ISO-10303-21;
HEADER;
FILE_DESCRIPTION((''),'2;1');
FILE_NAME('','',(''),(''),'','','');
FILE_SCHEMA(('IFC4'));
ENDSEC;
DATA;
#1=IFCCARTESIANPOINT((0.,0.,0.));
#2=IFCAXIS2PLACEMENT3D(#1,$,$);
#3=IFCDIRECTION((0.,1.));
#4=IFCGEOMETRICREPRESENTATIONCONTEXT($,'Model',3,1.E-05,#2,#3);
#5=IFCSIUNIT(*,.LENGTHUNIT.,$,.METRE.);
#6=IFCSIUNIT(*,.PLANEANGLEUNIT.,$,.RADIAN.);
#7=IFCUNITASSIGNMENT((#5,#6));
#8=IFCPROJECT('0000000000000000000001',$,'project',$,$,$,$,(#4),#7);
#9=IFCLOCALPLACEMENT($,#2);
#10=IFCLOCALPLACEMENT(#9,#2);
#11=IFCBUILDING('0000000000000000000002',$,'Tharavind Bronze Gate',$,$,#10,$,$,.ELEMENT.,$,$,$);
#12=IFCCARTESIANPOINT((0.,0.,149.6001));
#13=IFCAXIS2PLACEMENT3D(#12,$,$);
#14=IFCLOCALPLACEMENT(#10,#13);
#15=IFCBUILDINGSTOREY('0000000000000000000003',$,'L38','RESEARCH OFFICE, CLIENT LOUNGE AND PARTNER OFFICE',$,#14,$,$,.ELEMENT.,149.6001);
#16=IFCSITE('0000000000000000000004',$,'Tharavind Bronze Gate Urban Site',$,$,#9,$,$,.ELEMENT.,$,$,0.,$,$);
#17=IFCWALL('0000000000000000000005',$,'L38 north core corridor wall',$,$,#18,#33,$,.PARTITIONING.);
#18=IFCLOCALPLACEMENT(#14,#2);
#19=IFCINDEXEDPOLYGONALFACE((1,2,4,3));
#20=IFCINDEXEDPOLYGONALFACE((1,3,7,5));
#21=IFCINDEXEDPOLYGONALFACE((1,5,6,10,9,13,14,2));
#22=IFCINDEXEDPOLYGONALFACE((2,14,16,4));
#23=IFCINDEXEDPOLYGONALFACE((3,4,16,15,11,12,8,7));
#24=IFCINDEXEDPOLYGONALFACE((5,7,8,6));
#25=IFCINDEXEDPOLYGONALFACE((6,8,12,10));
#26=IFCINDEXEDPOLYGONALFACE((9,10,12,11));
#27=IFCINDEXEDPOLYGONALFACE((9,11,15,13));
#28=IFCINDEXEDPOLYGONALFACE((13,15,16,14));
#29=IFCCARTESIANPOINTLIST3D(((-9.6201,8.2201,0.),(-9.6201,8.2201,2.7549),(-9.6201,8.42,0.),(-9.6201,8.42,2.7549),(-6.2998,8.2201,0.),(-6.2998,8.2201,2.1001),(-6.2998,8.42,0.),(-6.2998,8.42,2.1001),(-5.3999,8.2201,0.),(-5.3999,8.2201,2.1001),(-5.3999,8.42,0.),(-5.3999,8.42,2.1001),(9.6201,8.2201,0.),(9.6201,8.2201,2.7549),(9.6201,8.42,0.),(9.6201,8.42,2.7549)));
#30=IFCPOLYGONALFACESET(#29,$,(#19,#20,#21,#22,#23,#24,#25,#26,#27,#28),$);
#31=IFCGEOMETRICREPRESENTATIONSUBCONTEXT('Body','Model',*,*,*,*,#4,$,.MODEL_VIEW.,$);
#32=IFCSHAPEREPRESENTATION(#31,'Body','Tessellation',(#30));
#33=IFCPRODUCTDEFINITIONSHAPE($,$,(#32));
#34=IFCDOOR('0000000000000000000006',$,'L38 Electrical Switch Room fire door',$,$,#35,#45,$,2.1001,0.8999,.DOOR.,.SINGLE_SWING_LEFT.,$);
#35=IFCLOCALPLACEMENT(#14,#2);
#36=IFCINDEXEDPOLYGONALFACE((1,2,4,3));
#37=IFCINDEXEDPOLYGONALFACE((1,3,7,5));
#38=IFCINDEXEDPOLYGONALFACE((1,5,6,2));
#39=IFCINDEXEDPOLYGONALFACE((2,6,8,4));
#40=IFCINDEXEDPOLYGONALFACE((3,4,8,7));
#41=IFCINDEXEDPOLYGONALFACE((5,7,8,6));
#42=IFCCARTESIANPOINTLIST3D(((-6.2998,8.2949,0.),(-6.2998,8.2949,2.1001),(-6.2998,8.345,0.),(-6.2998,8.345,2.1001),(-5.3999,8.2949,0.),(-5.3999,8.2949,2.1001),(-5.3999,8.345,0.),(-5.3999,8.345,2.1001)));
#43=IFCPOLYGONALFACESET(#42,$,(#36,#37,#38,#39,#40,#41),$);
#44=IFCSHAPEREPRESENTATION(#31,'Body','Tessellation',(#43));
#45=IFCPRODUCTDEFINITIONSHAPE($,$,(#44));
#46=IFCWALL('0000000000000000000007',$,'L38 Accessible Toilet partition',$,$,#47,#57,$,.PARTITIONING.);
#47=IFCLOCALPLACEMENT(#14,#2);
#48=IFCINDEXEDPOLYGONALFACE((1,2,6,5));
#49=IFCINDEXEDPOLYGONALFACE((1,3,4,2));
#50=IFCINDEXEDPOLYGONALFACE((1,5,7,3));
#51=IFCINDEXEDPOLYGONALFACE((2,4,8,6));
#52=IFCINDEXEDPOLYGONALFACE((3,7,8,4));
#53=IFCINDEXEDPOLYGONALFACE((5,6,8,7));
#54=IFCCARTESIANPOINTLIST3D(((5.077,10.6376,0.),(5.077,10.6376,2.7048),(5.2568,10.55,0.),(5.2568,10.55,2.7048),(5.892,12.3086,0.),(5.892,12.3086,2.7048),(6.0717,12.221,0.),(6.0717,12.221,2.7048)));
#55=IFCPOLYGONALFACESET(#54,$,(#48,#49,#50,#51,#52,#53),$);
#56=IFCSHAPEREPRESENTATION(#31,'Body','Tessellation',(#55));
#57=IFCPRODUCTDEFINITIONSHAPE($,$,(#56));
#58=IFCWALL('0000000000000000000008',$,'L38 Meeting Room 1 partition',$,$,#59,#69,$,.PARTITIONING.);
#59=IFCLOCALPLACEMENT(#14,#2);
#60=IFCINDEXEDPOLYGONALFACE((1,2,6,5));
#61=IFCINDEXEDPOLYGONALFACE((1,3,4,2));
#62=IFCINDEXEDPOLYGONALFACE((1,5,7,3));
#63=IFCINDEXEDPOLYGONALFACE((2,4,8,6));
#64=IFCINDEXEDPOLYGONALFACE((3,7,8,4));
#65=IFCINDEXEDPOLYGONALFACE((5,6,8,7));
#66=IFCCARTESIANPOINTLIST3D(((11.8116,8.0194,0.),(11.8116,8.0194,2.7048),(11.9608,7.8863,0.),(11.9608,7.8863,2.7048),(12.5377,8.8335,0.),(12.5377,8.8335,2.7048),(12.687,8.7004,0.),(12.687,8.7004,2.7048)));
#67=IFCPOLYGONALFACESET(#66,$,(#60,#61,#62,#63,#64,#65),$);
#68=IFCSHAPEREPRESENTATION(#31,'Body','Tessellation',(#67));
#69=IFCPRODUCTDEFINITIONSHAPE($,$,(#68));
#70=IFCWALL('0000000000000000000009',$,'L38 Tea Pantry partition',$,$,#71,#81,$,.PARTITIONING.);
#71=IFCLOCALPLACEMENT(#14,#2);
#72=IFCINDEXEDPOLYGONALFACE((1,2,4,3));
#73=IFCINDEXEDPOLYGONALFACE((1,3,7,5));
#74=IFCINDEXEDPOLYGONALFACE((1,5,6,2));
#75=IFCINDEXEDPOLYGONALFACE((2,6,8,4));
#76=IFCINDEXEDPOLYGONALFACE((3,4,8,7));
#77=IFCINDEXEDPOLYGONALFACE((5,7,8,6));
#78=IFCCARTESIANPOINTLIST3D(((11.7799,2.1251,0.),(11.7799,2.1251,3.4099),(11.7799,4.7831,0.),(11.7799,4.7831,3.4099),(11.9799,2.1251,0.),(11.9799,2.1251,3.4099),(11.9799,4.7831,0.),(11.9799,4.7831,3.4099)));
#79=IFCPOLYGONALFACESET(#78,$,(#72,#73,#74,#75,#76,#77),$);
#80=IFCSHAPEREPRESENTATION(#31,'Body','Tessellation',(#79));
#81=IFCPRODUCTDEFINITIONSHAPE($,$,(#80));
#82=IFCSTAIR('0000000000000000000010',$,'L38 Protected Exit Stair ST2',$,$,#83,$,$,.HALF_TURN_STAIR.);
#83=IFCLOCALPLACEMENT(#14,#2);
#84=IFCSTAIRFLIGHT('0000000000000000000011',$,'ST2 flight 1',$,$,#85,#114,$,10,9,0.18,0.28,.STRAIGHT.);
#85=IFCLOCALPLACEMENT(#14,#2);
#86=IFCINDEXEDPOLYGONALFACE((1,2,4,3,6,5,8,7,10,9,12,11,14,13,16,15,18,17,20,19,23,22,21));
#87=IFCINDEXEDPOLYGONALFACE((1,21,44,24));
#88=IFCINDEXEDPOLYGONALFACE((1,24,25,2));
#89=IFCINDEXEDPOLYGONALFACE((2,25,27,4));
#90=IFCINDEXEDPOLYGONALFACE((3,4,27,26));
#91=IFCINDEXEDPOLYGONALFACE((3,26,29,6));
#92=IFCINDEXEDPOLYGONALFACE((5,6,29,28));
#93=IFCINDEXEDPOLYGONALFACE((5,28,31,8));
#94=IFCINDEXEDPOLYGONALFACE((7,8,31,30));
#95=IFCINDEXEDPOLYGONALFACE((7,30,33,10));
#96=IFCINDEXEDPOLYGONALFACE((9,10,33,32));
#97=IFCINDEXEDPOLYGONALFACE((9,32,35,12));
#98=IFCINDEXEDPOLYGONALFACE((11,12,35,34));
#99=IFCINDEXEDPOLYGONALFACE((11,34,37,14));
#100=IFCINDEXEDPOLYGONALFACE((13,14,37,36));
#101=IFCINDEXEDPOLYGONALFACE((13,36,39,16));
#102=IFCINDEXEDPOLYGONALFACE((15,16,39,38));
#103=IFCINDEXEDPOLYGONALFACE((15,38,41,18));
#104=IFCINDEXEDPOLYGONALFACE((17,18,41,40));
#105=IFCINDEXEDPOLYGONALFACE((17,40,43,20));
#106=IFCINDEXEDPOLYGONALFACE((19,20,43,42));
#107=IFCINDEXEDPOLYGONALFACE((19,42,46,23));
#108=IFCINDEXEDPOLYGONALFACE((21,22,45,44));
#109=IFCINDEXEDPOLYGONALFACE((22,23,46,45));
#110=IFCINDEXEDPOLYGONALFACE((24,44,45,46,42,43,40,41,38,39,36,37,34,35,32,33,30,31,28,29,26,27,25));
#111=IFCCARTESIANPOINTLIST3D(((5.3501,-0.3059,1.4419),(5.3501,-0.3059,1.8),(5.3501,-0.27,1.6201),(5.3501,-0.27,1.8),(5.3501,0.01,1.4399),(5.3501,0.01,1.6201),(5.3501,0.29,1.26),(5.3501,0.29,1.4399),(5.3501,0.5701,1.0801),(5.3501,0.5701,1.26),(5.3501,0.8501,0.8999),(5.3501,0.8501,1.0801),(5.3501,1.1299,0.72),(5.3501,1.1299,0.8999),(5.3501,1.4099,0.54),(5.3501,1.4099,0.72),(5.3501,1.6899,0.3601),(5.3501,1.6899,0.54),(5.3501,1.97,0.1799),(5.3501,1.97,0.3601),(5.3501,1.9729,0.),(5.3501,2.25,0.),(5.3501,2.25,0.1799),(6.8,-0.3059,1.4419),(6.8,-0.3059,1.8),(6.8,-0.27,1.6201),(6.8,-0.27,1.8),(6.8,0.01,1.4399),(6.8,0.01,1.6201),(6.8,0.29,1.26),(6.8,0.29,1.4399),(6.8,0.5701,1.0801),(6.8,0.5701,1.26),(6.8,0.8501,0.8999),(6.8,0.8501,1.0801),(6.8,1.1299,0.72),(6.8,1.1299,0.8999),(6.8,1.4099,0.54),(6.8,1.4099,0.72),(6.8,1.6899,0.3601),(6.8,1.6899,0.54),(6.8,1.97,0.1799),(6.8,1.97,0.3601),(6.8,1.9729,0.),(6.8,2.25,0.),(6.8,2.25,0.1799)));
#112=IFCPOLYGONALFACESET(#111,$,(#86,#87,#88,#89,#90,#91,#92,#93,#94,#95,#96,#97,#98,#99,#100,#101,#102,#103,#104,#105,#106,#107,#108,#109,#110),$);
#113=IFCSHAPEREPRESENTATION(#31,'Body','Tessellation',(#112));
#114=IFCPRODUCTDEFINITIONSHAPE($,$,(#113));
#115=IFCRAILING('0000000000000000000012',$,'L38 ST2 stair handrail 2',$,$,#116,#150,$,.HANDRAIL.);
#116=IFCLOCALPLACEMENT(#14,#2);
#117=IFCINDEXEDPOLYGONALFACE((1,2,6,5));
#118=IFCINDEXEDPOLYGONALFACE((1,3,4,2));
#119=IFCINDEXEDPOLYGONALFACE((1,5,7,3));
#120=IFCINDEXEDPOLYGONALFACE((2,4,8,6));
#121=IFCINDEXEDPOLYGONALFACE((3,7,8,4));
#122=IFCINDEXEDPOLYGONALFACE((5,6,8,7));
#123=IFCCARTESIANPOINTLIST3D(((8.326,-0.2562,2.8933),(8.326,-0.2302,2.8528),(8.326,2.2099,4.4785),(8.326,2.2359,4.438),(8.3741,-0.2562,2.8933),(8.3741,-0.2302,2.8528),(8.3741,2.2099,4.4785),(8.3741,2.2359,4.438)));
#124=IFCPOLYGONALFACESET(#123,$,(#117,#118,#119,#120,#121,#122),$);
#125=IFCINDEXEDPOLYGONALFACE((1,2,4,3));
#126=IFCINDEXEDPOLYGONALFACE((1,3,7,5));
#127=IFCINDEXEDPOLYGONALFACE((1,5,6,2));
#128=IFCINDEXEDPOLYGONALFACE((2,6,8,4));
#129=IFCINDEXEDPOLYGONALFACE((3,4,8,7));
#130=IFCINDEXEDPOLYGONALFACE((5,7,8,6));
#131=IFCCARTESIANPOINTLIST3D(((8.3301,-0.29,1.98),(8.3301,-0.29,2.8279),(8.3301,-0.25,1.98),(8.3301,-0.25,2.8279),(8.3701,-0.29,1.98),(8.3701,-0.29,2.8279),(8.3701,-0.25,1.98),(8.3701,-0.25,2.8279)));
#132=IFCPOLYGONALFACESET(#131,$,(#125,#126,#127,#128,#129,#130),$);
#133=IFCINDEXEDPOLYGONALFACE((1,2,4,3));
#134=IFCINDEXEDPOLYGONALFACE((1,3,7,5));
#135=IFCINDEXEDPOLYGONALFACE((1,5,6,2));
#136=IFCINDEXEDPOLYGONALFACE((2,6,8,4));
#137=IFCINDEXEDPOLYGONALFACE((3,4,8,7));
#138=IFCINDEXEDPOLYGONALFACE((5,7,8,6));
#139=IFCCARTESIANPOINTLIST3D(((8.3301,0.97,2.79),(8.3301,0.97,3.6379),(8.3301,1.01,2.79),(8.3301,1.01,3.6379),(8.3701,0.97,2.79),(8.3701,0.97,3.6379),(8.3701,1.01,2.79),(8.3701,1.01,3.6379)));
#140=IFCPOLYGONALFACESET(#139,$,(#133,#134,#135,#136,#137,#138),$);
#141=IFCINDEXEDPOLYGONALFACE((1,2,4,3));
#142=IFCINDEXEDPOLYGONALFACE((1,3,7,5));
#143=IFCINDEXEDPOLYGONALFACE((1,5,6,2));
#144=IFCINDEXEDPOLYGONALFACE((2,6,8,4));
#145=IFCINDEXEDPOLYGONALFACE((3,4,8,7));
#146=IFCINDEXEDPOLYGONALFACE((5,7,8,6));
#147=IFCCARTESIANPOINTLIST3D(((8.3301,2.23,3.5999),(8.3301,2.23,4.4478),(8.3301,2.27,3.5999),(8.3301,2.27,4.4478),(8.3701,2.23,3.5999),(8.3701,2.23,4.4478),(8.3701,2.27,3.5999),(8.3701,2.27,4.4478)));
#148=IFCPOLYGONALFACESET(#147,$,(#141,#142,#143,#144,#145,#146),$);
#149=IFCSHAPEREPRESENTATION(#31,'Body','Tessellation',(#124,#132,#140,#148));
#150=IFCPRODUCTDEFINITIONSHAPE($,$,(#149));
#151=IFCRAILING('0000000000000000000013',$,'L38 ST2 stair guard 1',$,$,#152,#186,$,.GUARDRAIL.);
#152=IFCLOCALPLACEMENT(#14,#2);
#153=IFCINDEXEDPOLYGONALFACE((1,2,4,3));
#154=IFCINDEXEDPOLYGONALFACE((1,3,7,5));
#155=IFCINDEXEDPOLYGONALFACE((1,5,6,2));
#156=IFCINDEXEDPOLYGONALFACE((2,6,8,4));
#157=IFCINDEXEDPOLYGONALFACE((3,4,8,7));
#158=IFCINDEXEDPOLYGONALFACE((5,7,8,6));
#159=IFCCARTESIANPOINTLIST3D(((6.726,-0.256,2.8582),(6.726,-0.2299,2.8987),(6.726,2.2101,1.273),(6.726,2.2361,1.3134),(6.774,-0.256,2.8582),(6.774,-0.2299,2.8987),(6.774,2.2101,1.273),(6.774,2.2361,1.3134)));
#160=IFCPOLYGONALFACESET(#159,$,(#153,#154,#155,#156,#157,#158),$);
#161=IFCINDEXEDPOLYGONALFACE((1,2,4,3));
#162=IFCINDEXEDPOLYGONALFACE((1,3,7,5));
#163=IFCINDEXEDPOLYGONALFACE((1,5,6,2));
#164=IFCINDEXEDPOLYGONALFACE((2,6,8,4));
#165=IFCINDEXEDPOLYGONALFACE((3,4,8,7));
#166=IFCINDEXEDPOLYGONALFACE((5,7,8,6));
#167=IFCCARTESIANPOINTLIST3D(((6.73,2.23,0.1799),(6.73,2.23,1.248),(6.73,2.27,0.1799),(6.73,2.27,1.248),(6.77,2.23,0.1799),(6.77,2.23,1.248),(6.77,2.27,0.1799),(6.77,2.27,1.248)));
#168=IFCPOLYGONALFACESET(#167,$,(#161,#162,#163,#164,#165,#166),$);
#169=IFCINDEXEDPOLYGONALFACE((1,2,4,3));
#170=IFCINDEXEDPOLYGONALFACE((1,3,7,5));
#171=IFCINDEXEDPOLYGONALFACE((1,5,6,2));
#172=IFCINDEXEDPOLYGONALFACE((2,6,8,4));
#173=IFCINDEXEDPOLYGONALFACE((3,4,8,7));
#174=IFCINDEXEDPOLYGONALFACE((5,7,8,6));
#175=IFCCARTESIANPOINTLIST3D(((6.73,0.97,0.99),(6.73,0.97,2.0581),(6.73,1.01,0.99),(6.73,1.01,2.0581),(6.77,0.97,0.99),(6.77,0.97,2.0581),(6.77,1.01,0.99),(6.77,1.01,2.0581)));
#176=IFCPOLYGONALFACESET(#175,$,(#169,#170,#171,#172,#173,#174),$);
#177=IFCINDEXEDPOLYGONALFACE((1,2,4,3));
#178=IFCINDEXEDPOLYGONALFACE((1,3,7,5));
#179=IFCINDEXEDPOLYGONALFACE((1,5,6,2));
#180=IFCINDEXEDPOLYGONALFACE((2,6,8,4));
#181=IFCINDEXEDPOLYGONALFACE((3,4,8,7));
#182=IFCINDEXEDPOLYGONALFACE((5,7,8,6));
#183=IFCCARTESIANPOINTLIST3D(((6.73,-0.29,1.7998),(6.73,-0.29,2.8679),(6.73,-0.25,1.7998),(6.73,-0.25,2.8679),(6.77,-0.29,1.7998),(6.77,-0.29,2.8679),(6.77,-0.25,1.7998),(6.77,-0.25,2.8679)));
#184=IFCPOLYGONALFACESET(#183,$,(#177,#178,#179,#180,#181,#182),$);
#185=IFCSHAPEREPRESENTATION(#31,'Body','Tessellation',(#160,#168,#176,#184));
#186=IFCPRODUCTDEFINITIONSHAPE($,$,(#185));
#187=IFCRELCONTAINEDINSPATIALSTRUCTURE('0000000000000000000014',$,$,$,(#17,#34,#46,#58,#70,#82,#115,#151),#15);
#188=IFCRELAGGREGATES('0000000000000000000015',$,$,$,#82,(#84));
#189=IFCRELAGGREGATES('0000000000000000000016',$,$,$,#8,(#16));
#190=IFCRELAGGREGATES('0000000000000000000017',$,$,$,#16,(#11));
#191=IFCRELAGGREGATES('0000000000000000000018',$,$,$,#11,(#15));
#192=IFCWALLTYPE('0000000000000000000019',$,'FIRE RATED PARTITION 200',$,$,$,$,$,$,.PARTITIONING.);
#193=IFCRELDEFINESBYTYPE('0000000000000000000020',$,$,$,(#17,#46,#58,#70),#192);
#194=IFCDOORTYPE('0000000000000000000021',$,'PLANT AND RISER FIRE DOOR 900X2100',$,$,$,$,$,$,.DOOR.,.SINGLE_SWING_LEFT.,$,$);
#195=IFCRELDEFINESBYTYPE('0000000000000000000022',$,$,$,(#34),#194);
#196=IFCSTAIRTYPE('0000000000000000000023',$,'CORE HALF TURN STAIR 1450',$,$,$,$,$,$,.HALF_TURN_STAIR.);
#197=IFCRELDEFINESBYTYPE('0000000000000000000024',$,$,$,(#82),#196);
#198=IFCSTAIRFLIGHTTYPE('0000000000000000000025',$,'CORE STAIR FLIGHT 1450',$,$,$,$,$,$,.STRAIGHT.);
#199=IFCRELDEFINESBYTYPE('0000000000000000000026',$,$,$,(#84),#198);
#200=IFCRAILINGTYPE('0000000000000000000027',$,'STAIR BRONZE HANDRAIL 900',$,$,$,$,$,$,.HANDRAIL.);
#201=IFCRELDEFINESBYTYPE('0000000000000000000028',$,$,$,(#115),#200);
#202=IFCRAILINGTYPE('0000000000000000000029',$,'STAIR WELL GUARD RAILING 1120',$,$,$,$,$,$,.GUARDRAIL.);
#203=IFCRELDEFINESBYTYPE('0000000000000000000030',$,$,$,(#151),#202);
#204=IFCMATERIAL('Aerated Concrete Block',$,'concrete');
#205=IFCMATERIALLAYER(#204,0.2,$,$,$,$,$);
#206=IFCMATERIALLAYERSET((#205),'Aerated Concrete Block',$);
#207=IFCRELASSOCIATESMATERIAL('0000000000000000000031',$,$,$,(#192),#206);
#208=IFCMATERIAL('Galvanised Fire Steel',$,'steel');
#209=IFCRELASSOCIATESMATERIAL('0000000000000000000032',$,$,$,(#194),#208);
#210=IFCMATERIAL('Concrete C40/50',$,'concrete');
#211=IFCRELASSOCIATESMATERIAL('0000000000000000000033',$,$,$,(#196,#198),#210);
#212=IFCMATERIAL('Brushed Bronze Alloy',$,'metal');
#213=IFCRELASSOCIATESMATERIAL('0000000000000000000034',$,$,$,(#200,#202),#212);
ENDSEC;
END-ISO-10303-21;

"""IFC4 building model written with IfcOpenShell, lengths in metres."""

from ifc_helpers import new_model, si_unit, direction, frame, frame_2d, origin, origin_2d, place, context, subcontext, project, spatial, polyline, rectangle, outline, extrude, material, layer, layer_set, type_object, element, fill, aggregate, save


model = new_model("IFC4")

# Units and contexts
model_context = context("Model", 3, precision=1e-05, world=origin(), true_north=direction((0.0, 1.0)))
body_context = subcontext(model_context, "Body", "Model", "MODEL_VIEW")
ifc_project = project(units=[si_unit("LENGTHUNIT", "METRE"), si_unit("PLANEANGLEUNIT", "RADIAN")], contexts=[model_context])

# Site, building, storey
site_placement = place(None, origin())
site = spatial("IfcSite", under=ifc_project, at=site_placement, Name="Tharavind Bronze Gate Urban Site", CompositionType="ELEMENT", RefElevation=0.0)
building_placement = place(site_placement, origin())
building = spatial("IfcBuilding", under=site, at=building_placement, Name="Tharavind Bronze Gate", CompositionType="ELEMENT")
storey_placement = place(building_placement, frame((0.0, 0.0, 149.6001)))
storey = spatial("IfcBuildingStorey", under=building, at=storey_placement, Name="L38", Description="RESEARCH OFFICE, CLIENT LOUNGE AND PARTNER OFFICE", CompositionType="ELEMENT", Elevation=149.6001)

# Wall, opening, door
ifc_material_1 = material(Name="Aerated Concrete Block", Category="concrete")
ifc_layer_1 = layer(ifc_material_1, 0.2)
ifc_layer_set_1 = layer_set([ifc_layer_1], Name="Aerated Concrete Block")
wall_type_1 = type_object("IfcWallType", Name="FIRE RATED PARTITION 200", PredefinedType="PARTITIONING", material=ifc_layer_set_1)
wall_1_placement = place(storey_placement, frame((9.6201, 8.3201, 0.0), z_axis=(0.0, 0.0, 1.0), x_axis=(-1.0, 0.0, 0.0)))
wall_1 = element("IfcWall", 1, at=wall_1_placement, inside=storey, type_object=wall_type_1, Name="L38 north core corridor wall", PredefinedType="PARTITIONING", context=body_context, shape_type="SweptSolid", body=[
    extrude(rectangle(XDim=19.2402, YDim=0.2, at=frame_2d((9.6201, 0.0))), origin(), (0.0, 0.0, 1.0), 2.7549),
])
opening_1_placement = place(wall_1_placement, frame((15.02, 0.0, 0.0)))
opening_1 = element("IfcOpeningElement", 2, at=opening_1_placement, cuts=wall_1, PredefinedType="OPENING", context=body_context, shape_type="SweptSolid", body=[
    extrude(rectangle(XDim=0.8999, YDim=2.1001, at=frame_2d((0.45, 1.05))), frame((0.0, 0.1101, 0.0), z_axis=(0.0, -1.0, 0.0), x_axis=(1.0, 0.0, 0.0)), (0.0, 0.0, 1.0), 0.22),
])
ifc_material_2 = material(Name="Galvanised Fire Steel", Category="steel")
door_type_1 = type_object("IfcDoorType", Name="PLANT AND RISER FIRE DOOR 900X2100", OperationType="SINGLE_SWING_LEFT", PredefinedType="DOOR", material=ifc_material_2)
door_1_placement = place(opening_1_placement, frame((0.8999, 0.0, 0.0), z_axis=(0.0, 0.0, 1.0), x_axis=(-1.0, 0.0, 0.0)))
door_1 = element("IfcDoor", 3, at=door_1_placement, inside=storey, type_object=door_type_1, Name="L38 Electrical Switch Room fire door", OperationType="SINGLE_SWING_LEFT", OverallHeight=2.1001, OverallWidth=0.8999, PredefinedType="DOOR", context=body_context, shape_type="SweptSolid", body=[
    extrude(rectangle(XDim=0.8999, YDim=2.1001, at=frame_2d((0.45, 1.05))), frame((0.0, 0.0249, 0.0), z_axis=(0.0, -1.0, 0.0), x_axis=(1.0, 0.0, 0.0)), (0.0, 0.0, 1.0), 0.05),
])
fill(opening_1, door_1)

# Wall
wall_2_placement = place(storey_placement, frame((5.9819, 12.2649, 0.0), z_axis=(0.0, 0.0, 1.0), x_axis=(-0.438367, -0.898796, 0.0)))
element("IfcWall", 4, at=wall_2_placement, inside=storey, type_object=wall_type_1, Name="L38 Accessible Toilet partition", PredefinedType="PARTITIONING", context=body_context, shape_type="SweptSolid", body=[
    extrude(rectangle(XDim=1.8591, YDim=0.2, at=frame_2d((0.9297, 0.0))), origin(), (0.0, 0.0, 1.0), 2.7048),
])

# Walls
wall_3_placement = place(storey_placement, frame((11.8862, 7.9529, 0.0), z_axis=(0.0, 0.0, 1.0), x_axis=(0.665669, 0.746247, 0.0)))
element("IfcWall", 5, at=wall_3_placement, inside=storey, type_object=wall_type_1, Name="L38 Meeting Room 1 partition", PredefinedType="PARTITIONING", context=body_context, shape_type="SweptSolid", body=[
    extrude(rectangle(XDim=1.0908, YDim=0.2, at=frame_2d((0.5454, 0.0))), origin(), (0.0, 0.0, 1.0), 2.7048),
])
wall_4_placement = place(storey_placement, frame((11.8799, 2.125, 0.0), z_axis=(0.0, 0.0, 1.0), x_axis=(0.0, 1.0, 0.0)))
element("IfcWall", 6, at=wall_4_placement, inside=storey, type_object=wall_type_1, Name="L38 Tea Pantry partition", PredefinedType="PARTITIONING", context=body_context, shape_type="SweptSolid", body=[
    extrude(rectangle(XDim=2.658, YDim=0.2, at=frame_2d((1.3291, 0.0))), origin(), (0.0, 0.0, 1.0), 3.4099),
])

# Stair, stair flight
ifc_material_3 = material(Name="Concrete C40/50", Category="concrete")
stair_type = type_object("IfcStairType", Name="CORE HALF TURN STAIR 1450", PredefinedType="HALF_TURN_STAIR", material=ifc_material_3)
stair_placement = place(storey_placement, origin())
stair = element("IfcStair", 7, at=stair_placement, inside=storey, type_object=stair_type, Name="L38 Protected Exit Stair ST2", PredefinedType="HALF_TURN_STAIR")
stair_flight_type = type_object("IfcStairFlightType", Name="CORE STAIR FLIGHT 1450", PredefinedType="STRAIGHT", material=ifc_material_3)
stair_flight_placement = place(storey_placement, frame((6.075, 2.25, 0.0), z_axis=(0.0, 0.0, 1.0), x_axis=(0.0, -1.0, 0.0)))
stair_flight = element("IfcStairFlight", 8, at=stair_flight_placement, type_object=stair_flight_type, Name="ST2 flight 1", NumberOfRisers=10, NumberOfTreads=9, PredefinedType="STRAIGHT", RiserHeight=0.18, TreadLength=0.28, context=body_context, shape_type="SweptSolid", body=[
    extrude(outline(polyline([(0.0, 0.0), (0.0, 0.1799), (0.28, 0.1799), (0.28, 0.3601), (0.5601, 0.3601), (0.5601, 0.54), (0.8401, 0.54), (0.8401, 0.72), (1.1201, 0.72), (1.1201, 0.8999), (1.3999, 0.8999), (1.3999, 1.0801), (1.6799, 1.0801), (1.6799, 1.26), (1.96, 1.26), (1.96, 1.4399), (2.24, 1.4399), (2.24, 1.6201), (2.52, 1.6201), (2.52, 1.8), (2.5559, 1.8), (2.5559, 1.4419), (0.2771, 0.0), (0.0, 0.0)])), frame((0.0, 0.7251, 0.0), z_axis=(0.0, -1.0, 0.0), x_axis=(1.0, 0.0, 0.0)), (0.0, 0.0, 1.0), 1.45),
])
aggregate(stair, [stair_flight])

# Railings
ifc_material_4 = material(Name="Brushed Bronze Alloy", Category="metal")
railing_type_1 = type_object("IfcRailingType", Name="STAIR BRONZE HANDRAIL 900", PredefinedType="HANDRAIL", material=ifc_material_4)
railing_1_placement = place(storey_placement, frame((8.3501, -0.27, 1.98)))
element("IfcRailing", 9, at=railing_1_placement, inside=storey, type_object=railing_type_1, Name="L38 ST2 stair handrail 2", PredefinedType="HANDRAIL", context=body_context, shape_type="SweptSolid", body=[
    extrude(rectangle(XDim=0.0481, YDim=0.0481, at=origin_2d()), frame((0.0, 0.0269, 0.8931), z_axis=(0.0, 0.8412, 0.540725), x_axis=(-1.0, 0.0, 0.0)), (0.0, 0.0, 1.0), 2.9316),
    extrude(rectangle(XDim=0.04, YDim=0.04, at=origin_2d()), origin(), (0.0, 0.0, 1.0), 0.8479),
    extrude(rectangle(XDim=0.04, YDim=0.04, at=origin_2d()), frame((0.0, 1.26, 0.8101)), (0.0, 0.0, 1.0), 0.8479),
    extrude(rectangle(XDim=0.04, YDim=0.04, at=origin_2d()), frame((0.0, 2.52, 1.6199)), (0.0, 0.0, 1.0), 0.8479),
])
railing_type_2 = type_object("IfcRailingType", Name="STAIR WELL GUARD RAILING 1120", PredefinedType="GUARDRAIL", material=ifc_material_4)
railing_2_placement = place(storey_placement, frame((6.75, 2.25, 0.1799)))
element("IfcRailing", 10, at=railing_2_placement, inside=storey, type_object=railing_type_2, Name="L38 ST2 stair guard 1", PredefinedType="GUARDRAIL", context=body_context, shape_type="SweptSolid", body=[
    extrude(rectangle(XDim=0.0481, YDim=0.0481, at=origin_2d()), frame((0.0, -0.0269, 1.1133), z_axis=(0.0, -0.8412, 0.540725), x_axis=(1.0, 0.0, 0.0)), (0.0, 0.0, 1.0), 2.9316),
    extrude(rectangle(XDim=0.04, YDim=0.04, at=origin_2d()), origin(), (0.0, 0.0, 1.0), 1.0681),
    extrude(rectangle(XDim=0.04, YDim=0.04, at=origin_2d()), frame((0.0, -1.26, 0.8101)), (0.0, 0.0, 1.0), 1.0681),
    extrude(rectangle(XDim=0.04, YDim=0.04, at=origin_2d()), frame((0.0, -2.52, 1.6199)), (0.0, 0.0, 1.0), 1.0681),
])

save(model, "model.ifc")
